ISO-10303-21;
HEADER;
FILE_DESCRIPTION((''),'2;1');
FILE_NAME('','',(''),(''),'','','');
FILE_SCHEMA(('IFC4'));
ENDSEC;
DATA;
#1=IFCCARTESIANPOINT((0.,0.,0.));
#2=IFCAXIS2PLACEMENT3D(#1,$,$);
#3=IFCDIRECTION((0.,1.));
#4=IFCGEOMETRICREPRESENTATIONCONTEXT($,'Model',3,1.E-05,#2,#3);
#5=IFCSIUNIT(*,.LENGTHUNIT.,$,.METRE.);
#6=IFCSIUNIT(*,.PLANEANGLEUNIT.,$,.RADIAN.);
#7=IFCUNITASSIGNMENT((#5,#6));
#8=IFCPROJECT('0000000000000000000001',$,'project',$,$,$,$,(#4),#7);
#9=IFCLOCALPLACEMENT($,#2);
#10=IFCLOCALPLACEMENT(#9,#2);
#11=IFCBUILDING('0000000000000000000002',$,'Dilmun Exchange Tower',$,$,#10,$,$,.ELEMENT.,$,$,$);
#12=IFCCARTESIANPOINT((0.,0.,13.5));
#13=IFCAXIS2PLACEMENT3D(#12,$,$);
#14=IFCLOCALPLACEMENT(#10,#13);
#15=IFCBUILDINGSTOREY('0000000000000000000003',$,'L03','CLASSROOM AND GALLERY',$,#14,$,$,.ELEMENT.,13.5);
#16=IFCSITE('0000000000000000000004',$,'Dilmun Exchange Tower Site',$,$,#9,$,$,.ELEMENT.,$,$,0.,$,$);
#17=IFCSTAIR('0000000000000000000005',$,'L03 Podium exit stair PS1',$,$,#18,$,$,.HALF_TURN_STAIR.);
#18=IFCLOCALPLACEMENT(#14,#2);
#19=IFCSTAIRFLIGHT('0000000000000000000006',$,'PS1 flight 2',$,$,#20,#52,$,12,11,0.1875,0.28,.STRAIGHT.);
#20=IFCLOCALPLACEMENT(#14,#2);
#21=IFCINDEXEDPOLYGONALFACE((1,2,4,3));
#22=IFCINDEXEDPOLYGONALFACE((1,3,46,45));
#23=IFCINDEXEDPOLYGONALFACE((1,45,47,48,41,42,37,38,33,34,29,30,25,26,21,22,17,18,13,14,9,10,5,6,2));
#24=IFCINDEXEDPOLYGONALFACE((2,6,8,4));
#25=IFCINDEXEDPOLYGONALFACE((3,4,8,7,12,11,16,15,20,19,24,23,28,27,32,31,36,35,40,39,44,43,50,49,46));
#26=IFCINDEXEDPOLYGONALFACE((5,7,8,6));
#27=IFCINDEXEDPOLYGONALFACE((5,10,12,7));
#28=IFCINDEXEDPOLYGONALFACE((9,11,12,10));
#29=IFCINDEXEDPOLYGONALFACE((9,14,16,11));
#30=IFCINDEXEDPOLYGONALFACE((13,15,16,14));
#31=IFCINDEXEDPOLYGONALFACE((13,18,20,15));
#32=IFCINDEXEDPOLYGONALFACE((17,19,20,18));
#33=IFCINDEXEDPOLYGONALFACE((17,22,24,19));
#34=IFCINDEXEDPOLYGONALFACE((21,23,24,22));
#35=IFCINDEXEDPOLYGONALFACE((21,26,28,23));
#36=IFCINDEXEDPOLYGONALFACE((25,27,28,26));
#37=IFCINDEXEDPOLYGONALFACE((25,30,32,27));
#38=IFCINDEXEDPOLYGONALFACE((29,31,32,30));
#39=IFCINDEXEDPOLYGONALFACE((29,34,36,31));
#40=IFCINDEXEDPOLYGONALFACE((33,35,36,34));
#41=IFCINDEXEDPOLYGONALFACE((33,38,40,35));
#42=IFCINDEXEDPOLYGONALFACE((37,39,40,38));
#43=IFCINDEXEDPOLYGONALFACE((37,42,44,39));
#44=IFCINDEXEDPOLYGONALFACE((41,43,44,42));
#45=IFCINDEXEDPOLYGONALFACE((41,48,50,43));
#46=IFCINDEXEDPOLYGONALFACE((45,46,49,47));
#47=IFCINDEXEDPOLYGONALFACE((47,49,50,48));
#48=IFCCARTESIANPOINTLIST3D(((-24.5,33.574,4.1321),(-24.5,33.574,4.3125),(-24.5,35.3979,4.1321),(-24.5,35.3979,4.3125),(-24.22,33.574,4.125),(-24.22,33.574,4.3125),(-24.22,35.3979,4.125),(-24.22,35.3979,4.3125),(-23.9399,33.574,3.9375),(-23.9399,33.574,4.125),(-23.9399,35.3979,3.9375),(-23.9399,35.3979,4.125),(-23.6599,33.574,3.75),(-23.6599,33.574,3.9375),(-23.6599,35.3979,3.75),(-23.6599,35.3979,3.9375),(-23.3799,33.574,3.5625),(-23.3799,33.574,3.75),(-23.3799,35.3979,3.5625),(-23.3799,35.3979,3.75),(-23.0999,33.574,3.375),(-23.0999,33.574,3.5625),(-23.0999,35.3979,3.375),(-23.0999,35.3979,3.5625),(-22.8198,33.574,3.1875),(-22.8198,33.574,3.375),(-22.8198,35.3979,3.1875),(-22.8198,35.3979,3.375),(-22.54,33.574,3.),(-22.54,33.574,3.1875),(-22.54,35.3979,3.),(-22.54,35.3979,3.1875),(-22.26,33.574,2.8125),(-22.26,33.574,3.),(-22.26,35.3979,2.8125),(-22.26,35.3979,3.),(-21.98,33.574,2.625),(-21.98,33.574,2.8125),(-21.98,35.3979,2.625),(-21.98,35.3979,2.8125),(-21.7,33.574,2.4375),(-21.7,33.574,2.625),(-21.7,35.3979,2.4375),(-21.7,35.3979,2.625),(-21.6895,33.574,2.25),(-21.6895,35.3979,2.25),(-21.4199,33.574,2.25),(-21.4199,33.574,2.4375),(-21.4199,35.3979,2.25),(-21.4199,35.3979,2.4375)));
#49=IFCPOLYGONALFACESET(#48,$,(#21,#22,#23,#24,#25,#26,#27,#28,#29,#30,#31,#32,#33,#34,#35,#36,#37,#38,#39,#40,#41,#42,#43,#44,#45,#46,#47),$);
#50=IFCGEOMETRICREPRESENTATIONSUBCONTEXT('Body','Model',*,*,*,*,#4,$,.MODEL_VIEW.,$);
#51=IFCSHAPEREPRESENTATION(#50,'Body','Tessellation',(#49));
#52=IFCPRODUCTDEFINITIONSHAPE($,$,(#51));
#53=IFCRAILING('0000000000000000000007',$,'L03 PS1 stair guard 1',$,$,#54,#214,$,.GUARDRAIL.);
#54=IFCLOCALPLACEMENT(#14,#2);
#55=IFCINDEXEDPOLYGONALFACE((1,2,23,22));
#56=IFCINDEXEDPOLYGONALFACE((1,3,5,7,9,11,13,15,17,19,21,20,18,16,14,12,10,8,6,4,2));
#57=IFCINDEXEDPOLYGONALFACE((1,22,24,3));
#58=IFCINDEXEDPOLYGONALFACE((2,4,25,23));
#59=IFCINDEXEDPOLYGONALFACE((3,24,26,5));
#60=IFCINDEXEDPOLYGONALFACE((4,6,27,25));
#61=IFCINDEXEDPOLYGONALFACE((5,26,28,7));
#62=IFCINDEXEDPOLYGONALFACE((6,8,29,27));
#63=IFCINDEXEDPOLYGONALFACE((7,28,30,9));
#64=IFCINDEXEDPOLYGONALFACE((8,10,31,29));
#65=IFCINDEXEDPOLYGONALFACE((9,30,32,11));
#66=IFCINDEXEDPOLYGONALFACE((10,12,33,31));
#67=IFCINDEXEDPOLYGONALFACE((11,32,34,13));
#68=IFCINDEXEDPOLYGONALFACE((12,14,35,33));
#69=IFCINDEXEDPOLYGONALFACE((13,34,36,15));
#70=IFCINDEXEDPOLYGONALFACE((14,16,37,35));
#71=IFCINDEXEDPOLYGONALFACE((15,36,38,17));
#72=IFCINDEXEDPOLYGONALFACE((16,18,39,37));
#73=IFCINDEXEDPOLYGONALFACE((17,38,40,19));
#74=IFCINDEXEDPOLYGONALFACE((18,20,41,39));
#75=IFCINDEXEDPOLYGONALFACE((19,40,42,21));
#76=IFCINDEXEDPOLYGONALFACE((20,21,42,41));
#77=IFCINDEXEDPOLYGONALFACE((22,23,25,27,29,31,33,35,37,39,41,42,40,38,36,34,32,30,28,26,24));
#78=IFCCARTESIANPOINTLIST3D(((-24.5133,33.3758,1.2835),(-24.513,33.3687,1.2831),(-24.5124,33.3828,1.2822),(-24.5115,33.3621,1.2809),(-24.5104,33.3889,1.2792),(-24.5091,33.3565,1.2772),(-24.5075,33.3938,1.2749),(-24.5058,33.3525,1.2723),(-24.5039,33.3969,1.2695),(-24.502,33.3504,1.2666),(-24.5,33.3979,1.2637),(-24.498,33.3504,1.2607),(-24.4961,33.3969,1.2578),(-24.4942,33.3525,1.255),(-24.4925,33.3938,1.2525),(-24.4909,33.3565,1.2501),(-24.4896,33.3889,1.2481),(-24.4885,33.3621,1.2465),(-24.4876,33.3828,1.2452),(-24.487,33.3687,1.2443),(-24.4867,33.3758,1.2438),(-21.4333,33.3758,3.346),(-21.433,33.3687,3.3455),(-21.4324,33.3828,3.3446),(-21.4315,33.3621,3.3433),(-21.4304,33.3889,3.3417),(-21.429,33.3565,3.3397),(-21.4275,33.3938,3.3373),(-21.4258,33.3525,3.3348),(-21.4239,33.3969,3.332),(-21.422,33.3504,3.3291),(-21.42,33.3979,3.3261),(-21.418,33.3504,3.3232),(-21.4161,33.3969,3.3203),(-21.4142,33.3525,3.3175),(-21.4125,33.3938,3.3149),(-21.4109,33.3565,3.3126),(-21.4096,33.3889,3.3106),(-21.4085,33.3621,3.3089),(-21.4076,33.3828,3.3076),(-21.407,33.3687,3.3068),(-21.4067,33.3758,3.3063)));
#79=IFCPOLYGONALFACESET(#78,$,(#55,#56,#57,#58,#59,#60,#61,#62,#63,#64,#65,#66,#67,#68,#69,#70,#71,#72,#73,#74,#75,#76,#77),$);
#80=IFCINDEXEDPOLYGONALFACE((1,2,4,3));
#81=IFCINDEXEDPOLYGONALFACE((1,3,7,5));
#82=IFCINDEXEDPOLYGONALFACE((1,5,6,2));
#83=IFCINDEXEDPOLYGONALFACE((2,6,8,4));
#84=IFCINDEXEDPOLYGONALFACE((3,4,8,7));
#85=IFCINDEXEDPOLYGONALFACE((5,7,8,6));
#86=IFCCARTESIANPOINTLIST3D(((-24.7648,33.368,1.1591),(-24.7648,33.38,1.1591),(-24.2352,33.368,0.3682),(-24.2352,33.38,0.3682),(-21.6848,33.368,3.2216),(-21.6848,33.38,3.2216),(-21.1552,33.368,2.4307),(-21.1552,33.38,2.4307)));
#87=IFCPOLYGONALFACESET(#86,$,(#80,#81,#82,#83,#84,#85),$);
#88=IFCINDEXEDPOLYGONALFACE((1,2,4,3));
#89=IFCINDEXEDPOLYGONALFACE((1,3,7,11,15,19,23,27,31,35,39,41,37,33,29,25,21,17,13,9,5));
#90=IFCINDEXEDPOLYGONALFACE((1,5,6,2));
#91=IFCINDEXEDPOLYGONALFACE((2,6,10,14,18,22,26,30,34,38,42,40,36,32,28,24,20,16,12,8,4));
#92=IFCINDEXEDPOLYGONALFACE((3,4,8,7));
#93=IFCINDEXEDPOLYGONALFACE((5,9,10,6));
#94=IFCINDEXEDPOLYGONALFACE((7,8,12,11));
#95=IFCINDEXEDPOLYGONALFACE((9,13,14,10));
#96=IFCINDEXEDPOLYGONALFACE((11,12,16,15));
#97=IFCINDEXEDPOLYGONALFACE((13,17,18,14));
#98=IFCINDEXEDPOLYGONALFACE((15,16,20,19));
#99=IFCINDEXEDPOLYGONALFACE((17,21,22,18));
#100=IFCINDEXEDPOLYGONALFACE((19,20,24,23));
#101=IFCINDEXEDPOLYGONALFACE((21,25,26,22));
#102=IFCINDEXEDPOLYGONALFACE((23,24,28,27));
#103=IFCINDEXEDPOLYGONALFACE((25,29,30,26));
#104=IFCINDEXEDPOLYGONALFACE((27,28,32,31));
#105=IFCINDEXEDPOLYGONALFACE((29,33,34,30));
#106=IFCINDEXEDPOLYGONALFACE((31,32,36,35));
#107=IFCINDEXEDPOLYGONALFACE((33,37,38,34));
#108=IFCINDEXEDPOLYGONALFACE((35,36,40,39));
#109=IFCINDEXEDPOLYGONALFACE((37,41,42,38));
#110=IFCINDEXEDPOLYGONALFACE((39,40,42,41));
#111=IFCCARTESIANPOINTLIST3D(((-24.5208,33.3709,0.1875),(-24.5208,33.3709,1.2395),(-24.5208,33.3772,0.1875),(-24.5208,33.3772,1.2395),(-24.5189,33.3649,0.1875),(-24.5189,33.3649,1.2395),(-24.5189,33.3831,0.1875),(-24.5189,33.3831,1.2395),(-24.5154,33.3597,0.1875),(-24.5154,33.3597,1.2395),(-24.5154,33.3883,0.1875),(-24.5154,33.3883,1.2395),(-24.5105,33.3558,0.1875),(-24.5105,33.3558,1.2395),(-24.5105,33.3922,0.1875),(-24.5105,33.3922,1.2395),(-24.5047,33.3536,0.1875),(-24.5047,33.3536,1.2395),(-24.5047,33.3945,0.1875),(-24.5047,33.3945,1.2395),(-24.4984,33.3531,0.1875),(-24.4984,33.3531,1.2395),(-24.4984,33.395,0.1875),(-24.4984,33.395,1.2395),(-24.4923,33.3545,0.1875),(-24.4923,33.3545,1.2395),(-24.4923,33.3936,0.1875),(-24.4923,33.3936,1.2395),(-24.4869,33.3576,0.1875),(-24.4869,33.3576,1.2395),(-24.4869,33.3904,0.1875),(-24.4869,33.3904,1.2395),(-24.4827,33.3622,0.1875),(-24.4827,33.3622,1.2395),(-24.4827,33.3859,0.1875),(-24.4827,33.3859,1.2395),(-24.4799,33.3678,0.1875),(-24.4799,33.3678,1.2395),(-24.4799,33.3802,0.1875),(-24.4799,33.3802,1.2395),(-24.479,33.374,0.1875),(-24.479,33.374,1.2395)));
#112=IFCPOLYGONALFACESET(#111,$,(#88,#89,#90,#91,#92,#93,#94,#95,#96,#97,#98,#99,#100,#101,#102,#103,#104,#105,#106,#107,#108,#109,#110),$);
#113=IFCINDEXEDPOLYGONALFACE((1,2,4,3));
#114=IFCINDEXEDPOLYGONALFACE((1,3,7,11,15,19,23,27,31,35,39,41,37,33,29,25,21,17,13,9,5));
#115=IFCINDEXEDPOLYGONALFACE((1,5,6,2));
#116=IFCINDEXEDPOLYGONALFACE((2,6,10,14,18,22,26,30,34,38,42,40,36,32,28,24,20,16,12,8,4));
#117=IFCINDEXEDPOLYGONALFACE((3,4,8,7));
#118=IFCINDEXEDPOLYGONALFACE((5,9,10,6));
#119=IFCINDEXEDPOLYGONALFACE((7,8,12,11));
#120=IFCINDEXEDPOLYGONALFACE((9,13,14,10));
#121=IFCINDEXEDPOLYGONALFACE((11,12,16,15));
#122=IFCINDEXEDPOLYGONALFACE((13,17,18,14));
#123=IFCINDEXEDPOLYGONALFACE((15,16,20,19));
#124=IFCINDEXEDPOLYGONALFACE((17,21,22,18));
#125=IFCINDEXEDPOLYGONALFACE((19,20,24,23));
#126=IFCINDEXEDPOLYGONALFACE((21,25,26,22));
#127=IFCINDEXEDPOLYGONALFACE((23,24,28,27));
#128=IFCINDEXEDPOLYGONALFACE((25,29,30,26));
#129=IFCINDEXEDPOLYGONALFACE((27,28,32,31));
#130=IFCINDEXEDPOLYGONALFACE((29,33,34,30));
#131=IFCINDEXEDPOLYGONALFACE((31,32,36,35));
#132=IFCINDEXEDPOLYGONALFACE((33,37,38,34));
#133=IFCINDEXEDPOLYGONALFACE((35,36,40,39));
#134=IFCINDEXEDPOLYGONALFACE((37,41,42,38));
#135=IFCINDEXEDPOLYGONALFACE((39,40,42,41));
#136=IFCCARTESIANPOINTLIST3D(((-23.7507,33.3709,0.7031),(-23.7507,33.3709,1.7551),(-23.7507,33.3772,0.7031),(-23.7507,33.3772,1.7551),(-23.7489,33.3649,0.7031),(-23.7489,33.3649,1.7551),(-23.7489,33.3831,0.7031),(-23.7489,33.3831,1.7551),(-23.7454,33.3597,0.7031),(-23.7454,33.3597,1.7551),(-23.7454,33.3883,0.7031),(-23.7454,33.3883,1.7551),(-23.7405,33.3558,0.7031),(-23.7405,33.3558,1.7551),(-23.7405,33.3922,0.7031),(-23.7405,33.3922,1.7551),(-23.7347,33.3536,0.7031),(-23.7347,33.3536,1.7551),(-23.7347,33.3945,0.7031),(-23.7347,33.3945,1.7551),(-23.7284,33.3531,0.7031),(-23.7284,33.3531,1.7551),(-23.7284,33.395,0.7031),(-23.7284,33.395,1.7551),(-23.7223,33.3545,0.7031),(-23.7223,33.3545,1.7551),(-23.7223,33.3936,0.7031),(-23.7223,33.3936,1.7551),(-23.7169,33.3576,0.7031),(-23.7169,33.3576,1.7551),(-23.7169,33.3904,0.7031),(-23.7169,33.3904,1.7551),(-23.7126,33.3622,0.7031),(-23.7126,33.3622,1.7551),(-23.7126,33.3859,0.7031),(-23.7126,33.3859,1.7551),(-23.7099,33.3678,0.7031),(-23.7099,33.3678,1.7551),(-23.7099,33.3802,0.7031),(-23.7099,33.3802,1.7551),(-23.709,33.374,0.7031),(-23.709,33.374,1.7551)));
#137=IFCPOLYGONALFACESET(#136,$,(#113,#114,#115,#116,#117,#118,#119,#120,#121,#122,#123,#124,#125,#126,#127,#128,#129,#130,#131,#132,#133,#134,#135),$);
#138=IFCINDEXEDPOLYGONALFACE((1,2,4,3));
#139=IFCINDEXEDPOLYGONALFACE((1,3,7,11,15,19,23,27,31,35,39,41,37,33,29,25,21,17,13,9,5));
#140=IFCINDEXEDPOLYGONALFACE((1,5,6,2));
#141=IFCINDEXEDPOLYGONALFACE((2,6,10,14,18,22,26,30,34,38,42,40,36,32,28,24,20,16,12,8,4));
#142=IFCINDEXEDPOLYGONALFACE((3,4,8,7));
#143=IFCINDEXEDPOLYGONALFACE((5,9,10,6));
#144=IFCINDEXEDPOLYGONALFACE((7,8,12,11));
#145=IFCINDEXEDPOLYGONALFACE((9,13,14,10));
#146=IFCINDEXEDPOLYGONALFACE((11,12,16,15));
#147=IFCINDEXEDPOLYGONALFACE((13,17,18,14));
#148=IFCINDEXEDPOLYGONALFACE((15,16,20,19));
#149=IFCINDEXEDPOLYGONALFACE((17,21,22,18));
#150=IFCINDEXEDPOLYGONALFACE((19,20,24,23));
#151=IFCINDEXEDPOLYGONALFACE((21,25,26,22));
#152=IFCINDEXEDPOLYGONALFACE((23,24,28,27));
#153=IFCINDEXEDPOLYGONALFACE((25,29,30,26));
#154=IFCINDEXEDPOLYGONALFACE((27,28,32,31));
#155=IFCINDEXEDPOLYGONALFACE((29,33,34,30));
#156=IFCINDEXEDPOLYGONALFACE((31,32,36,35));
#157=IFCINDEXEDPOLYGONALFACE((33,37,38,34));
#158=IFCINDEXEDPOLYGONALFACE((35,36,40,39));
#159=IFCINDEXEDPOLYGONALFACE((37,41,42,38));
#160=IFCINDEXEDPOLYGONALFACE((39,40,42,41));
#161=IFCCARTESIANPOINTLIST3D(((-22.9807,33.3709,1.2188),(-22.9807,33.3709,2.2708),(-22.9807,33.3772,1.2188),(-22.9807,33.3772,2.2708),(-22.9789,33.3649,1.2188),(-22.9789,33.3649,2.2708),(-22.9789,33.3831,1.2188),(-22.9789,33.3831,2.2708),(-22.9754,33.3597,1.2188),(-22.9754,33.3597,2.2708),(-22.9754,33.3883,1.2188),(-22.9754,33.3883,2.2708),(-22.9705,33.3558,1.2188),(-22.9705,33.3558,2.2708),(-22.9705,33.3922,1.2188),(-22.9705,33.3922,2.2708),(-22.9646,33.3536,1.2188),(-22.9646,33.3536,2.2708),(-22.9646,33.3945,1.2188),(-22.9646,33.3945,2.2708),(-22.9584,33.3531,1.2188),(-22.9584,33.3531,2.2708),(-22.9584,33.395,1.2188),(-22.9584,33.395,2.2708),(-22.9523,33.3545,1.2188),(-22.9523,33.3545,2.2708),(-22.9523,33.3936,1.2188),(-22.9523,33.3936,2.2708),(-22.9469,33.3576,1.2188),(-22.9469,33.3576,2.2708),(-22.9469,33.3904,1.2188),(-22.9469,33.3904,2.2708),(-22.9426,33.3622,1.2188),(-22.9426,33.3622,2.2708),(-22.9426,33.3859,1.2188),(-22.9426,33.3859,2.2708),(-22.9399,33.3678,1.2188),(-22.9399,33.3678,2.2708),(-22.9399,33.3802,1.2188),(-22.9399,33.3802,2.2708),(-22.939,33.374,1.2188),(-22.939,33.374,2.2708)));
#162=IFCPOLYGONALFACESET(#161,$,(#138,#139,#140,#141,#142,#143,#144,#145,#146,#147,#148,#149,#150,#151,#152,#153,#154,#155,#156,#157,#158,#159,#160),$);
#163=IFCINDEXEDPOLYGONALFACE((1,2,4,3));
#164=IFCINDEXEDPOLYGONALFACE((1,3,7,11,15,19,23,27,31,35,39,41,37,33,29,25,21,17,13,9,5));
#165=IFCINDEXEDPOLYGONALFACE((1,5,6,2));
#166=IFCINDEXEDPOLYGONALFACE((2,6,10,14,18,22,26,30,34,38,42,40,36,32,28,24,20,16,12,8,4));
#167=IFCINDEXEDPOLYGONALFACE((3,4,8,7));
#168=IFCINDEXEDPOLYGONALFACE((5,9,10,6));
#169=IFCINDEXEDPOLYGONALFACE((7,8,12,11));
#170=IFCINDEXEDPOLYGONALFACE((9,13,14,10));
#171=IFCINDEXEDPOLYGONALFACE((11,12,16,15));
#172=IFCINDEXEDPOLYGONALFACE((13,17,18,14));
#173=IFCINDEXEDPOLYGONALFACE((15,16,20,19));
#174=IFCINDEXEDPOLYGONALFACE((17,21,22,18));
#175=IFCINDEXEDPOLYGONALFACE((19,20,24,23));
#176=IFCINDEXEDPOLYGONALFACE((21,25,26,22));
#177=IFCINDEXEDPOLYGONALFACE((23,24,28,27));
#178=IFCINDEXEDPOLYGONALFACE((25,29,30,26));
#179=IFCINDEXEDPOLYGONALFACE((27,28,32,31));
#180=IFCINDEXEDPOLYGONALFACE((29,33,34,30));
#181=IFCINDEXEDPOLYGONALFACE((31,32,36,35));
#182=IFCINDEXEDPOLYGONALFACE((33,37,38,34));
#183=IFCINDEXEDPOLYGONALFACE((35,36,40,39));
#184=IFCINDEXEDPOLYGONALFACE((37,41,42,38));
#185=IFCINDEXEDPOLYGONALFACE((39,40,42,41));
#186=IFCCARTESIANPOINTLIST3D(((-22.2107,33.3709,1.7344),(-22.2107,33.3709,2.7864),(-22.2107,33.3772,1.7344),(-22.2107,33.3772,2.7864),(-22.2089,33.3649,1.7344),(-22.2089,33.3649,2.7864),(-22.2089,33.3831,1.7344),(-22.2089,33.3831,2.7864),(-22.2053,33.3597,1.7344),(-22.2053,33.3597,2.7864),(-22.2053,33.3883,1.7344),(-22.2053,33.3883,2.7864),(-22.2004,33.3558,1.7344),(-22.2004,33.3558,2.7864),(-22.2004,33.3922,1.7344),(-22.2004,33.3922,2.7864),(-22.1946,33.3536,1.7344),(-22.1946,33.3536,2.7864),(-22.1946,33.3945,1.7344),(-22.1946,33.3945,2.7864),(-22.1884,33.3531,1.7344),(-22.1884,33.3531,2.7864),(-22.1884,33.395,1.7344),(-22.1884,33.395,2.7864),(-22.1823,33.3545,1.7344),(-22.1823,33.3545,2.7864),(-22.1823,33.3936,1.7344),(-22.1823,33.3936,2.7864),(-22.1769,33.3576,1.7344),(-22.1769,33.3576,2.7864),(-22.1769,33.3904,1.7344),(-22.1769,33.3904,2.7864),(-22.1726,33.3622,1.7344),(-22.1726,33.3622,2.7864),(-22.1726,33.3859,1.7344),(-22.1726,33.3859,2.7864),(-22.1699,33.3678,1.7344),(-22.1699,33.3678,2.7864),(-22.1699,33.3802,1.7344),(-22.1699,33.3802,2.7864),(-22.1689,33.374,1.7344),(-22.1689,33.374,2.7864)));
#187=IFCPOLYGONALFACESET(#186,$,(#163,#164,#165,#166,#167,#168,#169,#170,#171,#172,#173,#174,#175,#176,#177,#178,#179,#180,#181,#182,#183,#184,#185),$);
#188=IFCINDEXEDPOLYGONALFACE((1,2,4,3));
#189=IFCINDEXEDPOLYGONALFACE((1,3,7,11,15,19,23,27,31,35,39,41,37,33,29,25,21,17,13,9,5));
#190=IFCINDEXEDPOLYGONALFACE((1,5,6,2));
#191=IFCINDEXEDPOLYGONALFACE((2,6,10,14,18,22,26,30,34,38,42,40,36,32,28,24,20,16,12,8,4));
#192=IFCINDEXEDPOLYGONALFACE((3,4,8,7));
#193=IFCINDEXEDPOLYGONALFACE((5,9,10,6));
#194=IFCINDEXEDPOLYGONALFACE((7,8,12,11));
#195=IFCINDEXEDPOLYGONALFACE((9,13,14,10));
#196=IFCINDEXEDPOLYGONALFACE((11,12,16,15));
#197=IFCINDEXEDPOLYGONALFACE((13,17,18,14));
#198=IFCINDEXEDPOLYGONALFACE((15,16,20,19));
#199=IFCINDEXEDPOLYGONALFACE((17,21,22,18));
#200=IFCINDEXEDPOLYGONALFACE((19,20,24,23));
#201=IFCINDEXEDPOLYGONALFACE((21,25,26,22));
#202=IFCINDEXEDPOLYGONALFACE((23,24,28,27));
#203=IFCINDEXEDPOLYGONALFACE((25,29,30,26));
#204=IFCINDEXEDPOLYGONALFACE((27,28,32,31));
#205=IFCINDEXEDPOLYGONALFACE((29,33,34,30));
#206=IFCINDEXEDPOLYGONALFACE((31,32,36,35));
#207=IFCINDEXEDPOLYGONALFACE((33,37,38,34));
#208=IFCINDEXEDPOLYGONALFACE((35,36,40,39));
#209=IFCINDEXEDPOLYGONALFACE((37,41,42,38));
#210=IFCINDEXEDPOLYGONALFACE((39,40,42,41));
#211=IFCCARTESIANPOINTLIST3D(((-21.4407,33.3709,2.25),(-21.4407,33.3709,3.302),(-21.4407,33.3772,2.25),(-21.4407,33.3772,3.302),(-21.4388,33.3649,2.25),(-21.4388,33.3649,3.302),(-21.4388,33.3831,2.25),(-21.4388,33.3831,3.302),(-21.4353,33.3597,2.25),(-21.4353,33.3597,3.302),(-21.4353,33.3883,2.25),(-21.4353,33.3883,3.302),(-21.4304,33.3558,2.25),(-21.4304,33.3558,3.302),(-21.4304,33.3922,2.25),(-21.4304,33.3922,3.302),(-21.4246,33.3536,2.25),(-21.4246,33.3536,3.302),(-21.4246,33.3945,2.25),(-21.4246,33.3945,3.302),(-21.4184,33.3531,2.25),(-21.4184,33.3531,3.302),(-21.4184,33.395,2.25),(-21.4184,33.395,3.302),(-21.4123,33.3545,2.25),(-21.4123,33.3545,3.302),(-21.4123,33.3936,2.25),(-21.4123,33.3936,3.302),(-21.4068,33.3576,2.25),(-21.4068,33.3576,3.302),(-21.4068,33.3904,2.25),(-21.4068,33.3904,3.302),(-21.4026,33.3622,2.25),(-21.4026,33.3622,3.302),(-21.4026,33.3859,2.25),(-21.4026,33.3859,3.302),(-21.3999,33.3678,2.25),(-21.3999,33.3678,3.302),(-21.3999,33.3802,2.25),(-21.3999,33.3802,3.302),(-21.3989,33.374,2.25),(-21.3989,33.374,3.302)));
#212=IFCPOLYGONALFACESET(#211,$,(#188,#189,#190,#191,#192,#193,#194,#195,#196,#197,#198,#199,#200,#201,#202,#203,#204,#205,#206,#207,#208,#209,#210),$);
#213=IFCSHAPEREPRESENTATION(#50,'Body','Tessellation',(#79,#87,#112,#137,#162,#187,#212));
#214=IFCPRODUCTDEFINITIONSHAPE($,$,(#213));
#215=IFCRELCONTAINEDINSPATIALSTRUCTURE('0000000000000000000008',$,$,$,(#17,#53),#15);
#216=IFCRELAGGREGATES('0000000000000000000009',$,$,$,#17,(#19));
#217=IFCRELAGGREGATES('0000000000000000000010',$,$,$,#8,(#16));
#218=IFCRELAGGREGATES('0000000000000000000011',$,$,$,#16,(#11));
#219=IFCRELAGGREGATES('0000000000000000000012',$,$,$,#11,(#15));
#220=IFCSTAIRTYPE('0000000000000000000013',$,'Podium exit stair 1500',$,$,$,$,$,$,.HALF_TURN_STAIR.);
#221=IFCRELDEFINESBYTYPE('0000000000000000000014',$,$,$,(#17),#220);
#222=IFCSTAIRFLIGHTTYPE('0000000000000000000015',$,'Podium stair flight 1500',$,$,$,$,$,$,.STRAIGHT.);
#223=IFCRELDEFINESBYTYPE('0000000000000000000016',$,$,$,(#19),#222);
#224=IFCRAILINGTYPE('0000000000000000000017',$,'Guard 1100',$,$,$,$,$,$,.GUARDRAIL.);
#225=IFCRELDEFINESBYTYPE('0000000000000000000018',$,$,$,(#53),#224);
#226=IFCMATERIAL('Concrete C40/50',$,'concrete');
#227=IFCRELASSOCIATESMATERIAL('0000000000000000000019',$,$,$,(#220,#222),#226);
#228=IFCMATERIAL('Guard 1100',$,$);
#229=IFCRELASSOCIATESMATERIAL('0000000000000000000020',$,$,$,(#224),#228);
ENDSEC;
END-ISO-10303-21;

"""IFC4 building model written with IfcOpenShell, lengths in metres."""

from ifc_helpers import new_model, si_unit, direction, frame, origin, origin_2d, place, context, subcontext, project, spatial, polyline, rectangle, circle, outline, extrude, material, type_object, element, aggregate, save


model = new_model("IFC4")

# Units and contexts
model_context = context("Model", 3, precision=1e-05, world=origin(), true_north=direction((0.0, 1.0)))
body_context = subcontext(model_context, "Body", "Model", "MODEL_VIEW")
ifc_project = project(units=[si_unit("LENGTHUNIT", "METRE"), si_unit("PLANEANGLEUNIT", "RADIAN")], contexts=[model_context])

# Site, building, storey
site_placement = place(None, origin())
site = spatial("IfcSite", under=ifc_project, at=site_placement, Name="Dilmun Exchange Tower Site", CompositionType="ELEMENT", RefElevation=0.0)
building_placement = place(site_placement, origin())
building = spatial("IfcBuilding", under=site, at=building_placement, Name="Dilmun Exchange Tower", CompositionType="ELEMENT")
storey_placement = place(building_placement, frame((0.0, 0.0, 13.5)))
storey = spatial("IfcBuildingStorey", under=building, at=storey_placement, Name="L03", Description="CLASSROOM AND GALLERY", CompositionType="ELEMENT", Elevation=13.5)

# Stair, stair flight
ifc_material_1 = material(Name="Concrete C40/50", Category="concrete")
stair_type = type_object("IfcStairType", Name="Podium exit stair 1500", PredefinedType="HALF_TURN_STAIR", material=ifc_material_1)
stair_placement = place(storey_placement, origin())
stair = element("IfcStair", 1, at=stair_placement, inside=storey, type_object=stair_type, Name="L03 Podium exit stair PS1", PredefinedType="HALF_TURN_STAIR")
stair_flight_type = type_object("IfcStairFlightType", Name="Podium stair flight 1500", PredefinedType="STRAIGHT", material=ifc_material_1)
stair_flight_1_placement = place(storey_placement, frame((-21.4199, 34.4861, 2.25), z_axis=(0.0, 0.0, 1.0), x_axis=(-1.0, 0.0, 0.0)))
stair_flight_1 = element("IfcStairFlight", 2, at=stair_flight_1_placement, type_object=stair_flight_type, Name="PS1 flight 2", NumberOfRisers=12, NumberOfTreads=11, PredefinedType="STRAIGHT", RiserHeight=0.1875, TreadLength=0.28, context=body_context, shape_type="SweptSolid", body=[
    extrude(outline(polyline([(0.0, 0.0), (0.0, 0.1875), (0.28, 0.1875), (0.28, 0.375), (0.5601, 0.375), (0.5601, 0.5625), (0.8401, 0.5625), (0.8401, 0.75), (1.1201, 0.75), (1.1201, 0.9375), (1.3999, 0.9375), (1.3999, 1.125), (1.6799, 1.125), (1.6799, 1.3125), (1.96, 1.3125), (1.96, 1.5), (2.24, 1.5), (2.24, 1.6875), (2.52, 1.6875), (2.52, 1.875), (2.8, 1.875), (2.8, 2.0625), (3.0801, 2.0625), (3.0801, 2.25), (3.0801, 1.8821), (0.2695, 0.0), (0.0, 0.0)])), frame((0.0, 0.9121, 0.0), z_axis=(0.0, -1.0, 0.0), x_axis=(1.0, 0.0, 0.0)), (0.0, 0.0, 1.0), 1.824),
])
aggregate(stair, [stair_flight_1])

# Railing
ifc_material_2 = material(Name="Guard 1100")
railing_type_1 = type_object("IfcRailingType", Name="Guard 1100", PredefinedType="GUARDRAIL", material=ifc_material_2)
railing_1_placement = place(storey_placement, frame((-24.5, 33.374, 0.1875)))
element("IfcRailing", 3, at=railing_1_placement, inside=storey, type_object=railing_type_1, Name="L03 PS1 stair guard 1", PredefinedType="GUARDRAIL", context=body_context, shape_type="SweptSolid", body=[
    extrude(circle(Radius=0.0239, at=origin_2d()), frame((0.0, 0.0, 1.0762), z_axis=(0.830914, 0.0, 0.556401), x_axis=(0.0, 1.0, 0.0)), (0.0, 0.0, 1.0), 3.7068),
    extrude(rectangle(XDim=0.012, YDim=0.9519, at=origin_2d()), frame((0.0, 0.0, 0.5762), z_axis=(0.830914, 0.0, 0.556401), x_axis=(0.0, 1.0, 0.0)), (0.0, 0.0, 1.0), 3.7068),
    extrude(circle(Radius=0.021, at=origin_2d()), origin(), (0.0, 0.0, 1.0), 1.052),
    extrude(circle(Radius=0.021, at=origin_2d()), frame((0.77, 0.0, 0.5156)), (0.0, 0.0, 1.0), 1.052),
    extrude(circle(Radius=0.021, at=origin_2d()), frame((1.54, 0.0, 1.0312)), (0.0, 0.0, 1.0), 1.052),
    extrude(circle(Radius=0.021, at=origin_2d()), frame((2.3101, 0.0, 1.5469)), (0.0, 0.0, 1.0), 1.052),
    extrude(circle(Radius=0.021, at=origin_2d()), frame((3.0801, 0.0, 2.0625)), (0.0, 0.0, 1.0), 1.052),
])

save(model, "model.ifc")
